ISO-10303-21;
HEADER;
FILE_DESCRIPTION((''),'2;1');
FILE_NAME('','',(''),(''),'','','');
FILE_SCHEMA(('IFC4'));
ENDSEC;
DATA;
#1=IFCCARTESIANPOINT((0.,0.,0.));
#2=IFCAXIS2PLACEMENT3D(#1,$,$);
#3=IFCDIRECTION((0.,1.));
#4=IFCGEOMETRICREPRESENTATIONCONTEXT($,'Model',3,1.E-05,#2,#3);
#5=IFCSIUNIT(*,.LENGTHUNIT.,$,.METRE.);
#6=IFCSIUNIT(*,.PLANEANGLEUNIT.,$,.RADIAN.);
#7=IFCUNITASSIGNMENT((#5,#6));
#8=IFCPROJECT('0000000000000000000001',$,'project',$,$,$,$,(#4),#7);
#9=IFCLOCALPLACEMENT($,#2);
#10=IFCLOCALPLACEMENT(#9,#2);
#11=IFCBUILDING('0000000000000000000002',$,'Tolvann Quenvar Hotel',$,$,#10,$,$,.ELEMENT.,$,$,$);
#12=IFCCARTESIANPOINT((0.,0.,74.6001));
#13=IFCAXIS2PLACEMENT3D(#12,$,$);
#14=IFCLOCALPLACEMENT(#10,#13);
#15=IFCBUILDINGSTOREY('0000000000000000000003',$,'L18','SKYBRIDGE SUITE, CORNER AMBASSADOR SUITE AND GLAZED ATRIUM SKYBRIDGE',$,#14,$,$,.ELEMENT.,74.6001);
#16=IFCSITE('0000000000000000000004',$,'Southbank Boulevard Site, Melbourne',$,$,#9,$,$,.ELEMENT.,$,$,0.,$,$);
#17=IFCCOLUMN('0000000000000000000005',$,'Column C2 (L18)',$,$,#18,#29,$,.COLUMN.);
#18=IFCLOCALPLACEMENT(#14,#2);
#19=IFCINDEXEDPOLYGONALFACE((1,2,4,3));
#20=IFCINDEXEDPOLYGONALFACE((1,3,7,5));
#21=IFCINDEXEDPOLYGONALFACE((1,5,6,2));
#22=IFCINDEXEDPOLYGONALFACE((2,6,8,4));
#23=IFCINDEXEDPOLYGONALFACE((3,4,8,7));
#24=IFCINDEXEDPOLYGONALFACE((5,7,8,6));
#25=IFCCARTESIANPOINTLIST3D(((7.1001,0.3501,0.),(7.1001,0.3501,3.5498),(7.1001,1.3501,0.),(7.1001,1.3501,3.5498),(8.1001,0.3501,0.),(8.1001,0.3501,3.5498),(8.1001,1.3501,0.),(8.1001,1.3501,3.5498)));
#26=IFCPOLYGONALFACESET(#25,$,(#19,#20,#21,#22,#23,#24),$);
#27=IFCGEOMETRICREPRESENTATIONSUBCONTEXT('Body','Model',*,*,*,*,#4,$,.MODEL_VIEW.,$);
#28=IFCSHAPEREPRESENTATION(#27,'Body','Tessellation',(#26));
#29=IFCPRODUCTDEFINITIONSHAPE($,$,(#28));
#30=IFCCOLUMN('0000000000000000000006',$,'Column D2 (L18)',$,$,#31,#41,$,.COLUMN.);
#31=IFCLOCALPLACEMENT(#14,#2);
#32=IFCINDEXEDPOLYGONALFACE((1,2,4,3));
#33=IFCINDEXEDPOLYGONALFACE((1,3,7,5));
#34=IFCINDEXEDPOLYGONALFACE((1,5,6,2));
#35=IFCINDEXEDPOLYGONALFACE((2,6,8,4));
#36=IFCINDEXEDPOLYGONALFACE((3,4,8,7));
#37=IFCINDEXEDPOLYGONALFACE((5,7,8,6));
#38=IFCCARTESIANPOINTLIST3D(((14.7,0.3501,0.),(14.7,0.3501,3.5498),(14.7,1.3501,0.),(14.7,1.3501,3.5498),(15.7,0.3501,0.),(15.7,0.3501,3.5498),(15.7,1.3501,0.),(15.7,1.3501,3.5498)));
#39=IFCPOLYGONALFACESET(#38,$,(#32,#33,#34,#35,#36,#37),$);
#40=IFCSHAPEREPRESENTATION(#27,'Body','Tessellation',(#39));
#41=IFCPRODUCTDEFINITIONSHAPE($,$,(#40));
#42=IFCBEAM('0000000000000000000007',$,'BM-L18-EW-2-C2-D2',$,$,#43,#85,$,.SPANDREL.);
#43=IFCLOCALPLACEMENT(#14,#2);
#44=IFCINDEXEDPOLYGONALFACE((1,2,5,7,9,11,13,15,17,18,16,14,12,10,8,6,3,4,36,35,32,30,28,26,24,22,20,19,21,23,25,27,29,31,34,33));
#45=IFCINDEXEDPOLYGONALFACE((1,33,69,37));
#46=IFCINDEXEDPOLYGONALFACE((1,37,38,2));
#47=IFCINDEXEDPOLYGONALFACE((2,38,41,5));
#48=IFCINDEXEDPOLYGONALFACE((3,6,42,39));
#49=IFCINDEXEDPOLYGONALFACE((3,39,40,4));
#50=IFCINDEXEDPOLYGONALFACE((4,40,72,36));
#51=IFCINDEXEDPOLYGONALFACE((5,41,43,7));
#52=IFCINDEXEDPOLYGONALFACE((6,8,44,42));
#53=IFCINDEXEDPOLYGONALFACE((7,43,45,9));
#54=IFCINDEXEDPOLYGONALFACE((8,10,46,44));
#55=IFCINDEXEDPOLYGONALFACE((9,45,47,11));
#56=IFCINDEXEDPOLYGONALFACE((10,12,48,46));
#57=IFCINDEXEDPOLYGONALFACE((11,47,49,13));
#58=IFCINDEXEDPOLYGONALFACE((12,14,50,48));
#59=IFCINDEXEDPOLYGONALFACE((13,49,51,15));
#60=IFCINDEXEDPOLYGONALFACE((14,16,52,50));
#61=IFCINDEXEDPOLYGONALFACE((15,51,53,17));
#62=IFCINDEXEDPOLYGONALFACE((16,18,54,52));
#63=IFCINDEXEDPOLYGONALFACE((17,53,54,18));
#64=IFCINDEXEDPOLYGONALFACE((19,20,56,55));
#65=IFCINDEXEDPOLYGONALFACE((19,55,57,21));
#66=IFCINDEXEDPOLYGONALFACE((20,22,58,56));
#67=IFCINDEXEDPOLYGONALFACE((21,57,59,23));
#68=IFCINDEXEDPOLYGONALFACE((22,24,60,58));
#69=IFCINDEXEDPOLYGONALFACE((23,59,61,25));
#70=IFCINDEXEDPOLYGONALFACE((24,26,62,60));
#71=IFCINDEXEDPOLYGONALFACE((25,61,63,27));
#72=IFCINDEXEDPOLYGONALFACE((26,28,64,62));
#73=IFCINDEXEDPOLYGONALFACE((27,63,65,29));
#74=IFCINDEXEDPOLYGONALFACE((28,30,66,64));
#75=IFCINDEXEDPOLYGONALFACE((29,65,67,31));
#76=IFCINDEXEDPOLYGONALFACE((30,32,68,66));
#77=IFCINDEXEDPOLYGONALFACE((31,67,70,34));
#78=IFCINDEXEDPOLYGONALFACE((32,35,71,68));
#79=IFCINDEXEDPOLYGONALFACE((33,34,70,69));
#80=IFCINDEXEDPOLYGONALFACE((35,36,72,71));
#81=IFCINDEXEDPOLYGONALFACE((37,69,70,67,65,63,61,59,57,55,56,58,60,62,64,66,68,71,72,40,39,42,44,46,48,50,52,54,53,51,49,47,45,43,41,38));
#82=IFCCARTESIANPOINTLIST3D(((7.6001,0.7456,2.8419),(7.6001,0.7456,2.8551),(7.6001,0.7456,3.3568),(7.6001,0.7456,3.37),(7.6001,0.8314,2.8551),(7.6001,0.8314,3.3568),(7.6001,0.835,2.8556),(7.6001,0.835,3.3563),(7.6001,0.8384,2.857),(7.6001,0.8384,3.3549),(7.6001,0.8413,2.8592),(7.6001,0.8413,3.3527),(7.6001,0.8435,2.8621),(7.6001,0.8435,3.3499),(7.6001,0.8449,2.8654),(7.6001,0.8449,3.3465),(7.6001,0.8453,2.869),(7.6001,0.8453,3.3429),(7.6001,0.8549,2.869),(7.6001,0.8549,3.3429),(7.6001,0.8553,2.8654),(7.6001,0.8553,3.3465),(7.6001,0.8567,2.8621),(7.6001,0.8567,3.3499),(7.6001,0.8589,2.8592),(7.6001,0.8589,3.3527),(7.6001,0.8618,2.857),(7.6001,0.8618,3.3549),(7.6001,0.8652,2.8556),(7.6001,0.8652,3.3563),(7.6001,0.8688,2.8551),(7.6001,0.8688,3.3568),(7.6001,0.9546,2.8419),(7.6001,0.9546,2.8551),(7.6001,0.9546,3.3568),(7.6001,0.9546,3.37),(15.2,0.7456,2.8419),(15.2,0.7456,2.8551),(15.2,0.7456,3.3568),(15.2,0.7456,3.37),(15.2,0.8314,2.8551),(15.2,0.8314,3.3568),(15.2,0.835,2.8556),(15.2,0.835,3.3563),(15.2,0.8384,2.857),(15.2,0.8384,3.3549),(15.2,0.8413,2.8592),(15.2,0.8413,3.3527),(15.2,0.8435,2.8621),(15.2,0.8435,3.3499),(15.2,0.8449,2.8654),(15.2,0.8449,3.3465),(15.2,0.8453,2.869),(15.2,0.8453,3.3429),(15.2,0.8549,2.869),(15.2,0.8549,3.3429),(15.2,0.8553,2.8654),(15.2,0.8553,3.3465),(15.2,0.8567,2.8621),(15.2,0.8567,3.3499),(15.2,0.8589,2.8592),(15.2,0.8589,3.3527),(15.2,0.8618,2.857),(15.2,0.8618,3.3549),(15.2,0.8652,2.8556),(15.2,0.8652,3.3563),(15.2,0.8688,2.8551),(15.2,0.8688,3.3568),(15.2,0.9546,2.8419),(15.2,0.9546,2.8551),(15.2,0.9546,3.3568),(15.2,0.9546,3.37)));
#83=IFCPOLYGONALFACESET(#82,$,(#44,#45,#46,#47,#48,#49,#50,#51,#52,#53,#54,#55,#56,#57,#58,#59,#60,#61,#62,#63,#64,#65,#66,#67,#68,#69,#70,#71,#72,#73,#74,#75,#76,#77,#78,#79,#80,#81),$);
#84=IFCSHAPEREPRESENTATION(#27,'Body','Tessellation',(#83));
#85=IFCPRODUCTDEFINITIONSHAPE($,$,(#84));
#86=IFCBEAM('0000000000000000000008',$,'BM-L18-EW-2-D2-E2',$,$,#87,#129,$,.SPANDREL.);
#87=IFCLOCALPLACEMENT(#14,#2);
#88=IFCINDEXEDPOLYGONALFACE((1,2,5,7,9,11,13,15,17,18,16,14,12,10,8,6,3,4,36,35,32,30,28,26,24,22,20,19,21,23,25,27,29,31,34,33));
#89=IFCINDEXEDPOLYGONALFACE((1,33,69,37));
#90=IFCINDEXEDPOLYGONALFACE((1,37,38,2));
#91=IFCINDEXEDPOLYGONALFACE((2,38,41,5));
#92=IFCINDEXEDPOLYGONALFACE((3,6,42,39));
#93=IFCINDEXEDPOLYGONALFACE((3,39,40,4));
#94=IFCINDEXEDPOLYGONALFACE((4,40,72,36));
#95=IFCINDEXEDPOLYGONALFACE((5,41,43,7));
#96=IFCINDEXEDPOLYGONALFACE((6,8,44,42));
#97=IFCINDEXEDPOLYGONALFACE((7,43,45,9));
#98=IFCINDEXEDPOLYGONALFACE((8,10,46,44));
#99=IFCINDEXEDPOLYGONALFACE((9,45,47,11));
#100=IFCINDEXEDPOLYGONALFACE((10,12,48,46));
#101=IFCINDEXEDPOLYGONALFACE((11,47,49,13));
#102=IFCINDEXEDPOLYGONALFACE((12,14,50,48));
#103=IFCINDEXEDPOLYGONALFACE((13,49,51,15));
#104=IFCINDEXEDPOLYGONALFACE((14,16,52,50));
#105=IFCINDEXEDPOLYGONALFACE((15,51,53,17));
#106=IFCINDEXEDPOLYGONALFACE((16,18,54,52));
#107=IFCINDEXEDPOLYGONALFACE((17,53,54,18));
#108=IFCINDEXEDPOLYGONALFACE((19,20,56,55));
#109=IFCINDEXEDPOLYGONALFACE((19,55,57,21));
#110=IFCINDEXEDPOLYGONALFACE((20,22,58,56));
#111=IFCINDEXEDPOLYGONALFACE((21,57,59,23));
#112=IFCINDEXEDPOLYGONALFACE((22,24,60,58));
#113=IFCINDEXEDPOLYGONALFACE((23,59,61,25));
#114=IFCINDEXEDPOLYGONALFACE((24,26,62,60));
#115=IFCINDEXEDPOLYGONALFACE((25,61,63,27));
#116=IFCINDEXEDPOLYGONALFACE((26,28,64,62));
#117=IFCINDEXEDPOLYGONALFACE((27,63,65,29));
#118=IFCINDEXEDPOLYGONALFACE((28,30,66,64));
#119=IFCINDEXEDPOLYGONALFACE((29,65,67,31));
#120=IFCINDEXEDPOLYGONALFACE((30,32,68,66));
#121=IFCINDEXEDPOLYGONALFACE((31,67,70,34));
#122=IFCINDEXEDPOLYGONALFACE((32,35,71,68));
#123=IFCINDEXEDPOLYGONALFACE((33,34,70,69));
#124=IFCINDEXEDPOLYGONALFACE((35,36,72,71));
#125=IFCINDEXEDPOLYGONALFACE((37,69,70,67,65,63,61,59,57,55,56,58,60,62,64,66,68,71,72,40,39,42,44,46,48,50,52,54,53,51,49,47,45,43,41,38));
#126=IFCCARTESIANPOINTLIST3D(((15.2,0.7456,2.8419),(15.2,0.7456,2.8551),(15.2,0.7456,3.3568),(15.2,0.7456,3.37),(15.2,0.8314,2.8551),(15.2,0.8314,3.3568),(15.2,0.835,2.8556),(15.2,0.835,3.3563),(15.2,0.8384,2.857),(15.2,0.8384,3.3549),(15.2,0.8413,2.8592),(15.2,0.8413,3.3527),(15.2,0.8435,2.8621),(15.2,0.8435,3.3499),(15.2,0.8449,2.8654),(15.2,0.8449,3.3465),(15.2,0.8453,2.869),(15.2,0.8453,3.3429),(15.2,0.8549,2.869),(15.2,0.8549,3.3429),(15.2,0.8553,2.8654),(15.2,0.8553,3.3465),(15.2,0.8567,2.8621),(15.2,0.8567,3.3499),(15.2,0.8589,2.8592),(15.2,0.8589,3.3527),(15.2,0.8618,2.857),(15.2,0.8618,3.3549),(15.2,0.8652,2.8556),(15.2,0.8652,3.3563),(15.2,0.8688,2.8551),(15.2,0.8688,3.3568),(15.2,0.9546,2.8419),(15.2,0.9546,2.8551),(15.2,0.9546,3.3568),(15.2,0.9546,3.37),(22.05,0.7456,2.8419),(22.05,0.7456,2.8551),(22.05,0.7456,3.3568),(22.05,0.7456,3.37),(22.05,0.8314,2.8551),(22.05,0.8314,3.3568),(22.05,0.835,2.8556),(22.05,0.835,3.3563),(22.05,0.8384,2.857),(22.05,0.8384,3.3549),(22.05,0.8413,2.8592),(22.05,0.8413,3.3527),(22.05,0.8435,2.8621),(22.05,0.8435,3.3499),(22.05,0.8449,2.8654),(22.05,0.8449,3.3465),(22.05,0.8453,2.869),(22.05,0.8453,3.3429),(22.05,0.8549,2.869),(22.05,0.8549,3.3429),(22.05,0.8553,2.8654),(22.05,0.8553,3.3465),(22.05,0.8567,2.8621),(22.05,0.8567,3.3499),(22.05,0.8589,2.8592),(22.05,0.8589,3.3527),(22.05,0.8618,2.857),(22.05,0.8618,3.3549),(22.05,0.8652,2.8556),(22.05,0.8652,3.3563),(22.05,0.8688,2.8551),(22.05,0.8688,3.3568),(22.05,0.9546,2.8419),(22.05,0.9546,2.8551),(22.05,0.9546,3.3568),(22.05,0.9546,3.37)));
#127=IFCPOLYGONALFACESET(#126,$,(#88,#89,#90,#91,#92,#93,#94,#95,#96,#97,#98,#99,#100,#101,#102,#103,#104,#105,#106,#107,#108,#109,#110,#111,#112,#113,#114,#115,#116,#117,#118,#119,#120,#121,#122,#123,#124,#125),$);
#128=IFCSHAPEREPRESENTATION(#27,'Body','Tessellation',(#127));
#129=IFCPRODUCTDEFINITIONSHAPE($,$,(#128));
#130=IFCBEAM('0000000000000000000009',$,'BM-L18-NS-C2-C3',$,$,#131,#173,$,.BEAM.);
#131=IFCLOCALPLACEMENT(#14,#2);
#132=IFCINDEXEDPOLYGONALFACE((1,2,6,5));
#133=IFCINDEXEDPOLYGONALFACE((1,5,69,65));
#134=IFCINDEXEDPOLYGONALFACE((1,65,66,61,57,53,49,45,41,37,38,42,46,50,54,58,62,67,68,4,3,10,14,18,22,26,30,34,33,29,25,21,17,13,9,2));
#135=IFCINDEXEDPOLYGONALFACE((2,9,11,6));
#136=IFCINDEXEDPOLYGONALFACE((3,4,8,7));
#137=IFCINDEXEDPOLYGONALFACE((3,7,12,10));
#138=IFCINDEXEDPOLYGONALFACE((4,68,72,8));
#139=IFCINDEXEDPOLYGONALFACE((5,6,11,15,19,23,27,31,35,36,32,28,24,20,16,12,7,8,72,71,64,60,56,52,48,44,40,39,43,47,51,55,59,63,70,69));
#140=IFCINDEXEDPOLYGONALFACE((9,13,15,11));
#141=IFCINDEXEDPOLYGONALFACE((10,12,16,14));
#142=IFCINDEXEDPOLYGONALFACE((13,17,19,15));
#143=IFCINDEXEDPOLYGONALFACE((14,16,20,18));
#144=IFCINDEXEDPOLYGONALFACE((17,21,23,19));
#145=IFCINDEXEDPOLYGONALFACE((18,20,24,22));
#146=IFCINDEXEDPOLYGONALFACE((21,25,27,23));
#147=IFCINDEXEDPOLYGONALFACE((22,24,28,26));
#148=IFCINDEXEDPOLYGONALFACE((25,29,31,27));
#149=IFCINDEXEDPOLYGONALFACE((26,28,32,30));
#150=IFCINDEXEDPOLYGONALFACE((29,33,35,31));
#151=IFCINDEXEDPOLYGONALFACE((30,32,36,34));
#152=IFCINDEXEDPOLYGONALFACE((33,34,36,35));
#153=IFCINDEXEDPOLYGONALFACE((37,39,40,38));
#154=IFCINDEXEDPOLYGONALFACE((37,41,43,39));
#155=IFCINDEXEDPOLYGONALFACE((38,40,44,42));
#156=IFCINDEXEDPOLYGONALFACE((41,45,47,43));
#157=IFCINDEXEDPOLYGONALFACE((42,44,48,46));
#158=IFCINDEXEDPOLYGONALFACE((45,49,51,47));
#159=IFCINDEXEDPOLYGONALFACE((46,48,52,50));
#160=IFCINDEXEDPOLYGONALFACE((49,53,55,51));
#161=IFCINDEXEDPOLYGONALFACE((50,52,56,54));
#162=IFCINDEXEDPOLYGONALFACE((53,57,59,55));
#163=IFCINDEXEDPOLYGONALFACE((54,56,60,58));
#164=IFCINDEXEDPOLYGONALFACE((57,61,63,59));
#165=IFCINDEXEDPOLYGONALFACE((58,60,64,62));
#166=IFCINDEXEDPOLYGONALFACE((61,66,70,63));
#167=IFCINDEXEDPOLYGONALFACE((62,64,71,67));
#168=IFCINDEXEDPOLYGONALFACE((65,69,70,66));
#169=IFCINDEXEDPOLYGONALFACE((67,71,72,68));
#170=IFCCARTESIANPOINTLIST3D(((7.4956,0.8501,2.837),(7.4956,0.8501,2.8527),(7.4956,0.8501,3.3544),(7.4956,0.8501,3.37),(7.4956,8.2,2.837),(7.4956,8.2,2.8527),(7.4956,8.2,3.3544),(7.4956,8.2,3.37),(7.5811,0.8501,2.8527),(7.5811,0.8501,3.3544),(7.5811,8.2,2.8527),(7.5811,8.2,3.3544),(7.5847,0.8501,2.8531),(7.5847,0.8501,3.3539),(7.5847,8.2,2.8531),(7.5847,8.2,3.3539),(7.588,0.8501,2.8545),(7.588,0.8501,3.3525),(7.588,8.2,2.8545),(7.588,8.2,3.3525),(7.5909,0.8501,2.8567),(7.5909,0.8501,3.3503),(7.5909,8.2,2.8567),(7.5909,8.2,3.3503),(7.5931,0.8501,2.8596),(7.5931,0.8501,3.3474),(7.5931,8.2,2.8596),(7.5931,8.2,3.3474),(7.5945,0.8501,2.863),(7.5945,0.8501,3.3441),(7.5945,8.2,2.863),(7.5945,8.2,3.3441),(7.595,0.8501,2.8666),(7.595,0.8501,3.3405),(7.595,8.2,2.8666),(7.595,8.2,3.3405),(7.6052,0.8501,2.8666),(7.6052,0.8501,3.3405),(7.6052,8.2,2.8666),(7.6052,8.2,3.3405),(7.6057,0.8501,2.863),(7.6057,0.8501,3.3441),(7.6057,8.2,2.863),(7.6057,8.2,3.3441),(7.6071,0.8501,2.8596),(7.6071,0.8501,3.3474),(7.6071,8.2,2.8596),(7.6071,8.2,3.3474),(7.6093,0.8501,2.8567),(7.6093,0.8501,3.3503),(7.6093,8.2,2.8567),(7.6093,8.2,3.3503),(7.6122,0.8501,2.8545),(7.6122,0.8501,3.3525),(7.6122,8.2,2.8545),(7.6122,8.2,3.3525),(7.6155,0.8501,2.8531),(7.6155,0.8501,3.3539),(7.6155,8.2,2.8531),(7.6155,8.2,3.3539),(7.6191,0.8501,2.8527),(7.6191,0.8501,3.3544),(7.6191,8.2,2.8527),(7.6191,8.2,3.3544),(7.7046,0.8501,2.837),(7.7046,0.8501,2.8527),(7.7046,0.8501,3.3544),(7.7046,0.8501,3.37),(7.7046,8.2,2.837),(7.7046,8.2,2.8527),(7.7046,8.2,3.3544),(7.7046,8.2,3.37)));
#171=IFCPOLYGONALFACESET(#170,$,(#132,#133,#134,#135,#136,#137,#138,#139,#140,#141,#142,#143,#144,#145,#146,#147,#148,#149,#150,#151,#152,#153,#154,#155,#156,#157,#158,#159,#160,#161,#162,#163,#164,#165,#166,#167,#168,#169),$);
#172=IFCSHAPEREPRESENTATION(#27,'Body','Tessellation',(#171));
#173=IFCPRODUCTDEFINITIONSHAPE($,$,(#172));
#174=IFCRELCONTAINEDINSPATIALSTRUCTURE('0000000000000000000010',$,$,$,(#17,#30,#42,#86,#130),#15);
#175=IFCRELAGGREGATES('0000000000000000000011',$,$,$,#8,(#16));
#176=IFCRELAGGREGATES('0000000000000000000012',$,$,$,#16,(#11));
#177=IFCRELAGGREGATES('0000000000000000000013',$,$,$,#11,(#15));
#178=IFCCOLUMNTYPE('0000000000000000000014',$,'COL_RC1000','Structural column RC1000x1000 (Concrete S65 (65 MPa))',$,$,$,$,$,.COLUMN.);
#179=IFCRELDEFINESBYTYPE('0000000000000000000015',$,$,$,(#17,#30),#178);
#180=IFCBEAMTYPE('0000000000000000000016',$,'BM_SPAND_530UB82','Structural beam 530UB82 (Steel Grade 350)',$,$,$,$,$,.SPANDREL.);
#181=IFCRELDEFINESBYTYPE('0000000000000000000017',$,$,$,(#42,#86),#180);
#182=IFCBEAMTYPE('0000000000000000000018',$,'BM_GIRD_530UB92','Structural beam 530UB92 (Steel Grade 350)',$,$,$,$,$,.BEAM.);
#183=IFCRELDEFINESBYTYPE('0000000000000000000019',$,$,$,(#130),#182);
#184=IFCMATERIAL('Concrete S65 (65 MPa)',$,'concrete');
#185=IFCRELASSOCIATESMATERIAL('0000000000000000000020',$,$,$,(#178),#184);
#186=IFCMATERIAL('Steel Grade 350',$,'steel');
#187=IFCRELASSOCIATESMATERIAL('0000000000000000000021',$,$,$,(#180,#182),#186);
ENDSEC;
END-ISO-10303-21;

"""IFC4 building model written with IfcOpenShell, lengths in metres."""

from ifc_helpers import new_model, si_unit, direction, frame, origin, origin_2d, place, context, subcontext, project, spatial, rectangle, i_section, extrude, source, transform, mapped, material, material_profile, profile_set, type_object, type_shapes, element, save


model = new_model("IFC4")

# Units and contexts
model_context = context("Model", 3, precision=1e-05, world=origin(), true_north=direction((0.0, 1.0)))
body_context = subcontext(model_context, "Body", "Model", "MODEL_VIEW")
ifc_project = project(units=[si_unit("LENGTHUNIT", "METRE"), si_unit("PLANEANGLEUNIT", "RADIAN")], contexts=[model_context])

# Site, building, storey
site_placement = place(None, origin())
site = spatial("IfcSite", under=ifc_project, at=site_placement, Name="Southbank Boulevard Site, Melbourne", CompositionType="ELEMENT", RefElevation=0.0)
building_placement = place(site_placement, origin())
building = spatial("IfcBuilding", under=site, at=building_placement, Name="Tolvann Quenvar Hotel", CompositionType="ELEMENT")
storey_placement = place(building_placement, frame((0.0, 0.0, 74.6001)))
storey = spatial("IfcBuildingStorey", under=building, at=storey_placement, Name="L18", Description="SKYBRIDGE SUITE, CORNER AMBASSADOR SUITE AND GLAZED ATRIUM SKYBRIDGE", CompositionType="ELEMENT", Elevation=74.6001)

# Columns
ifc_material_1 = material(Name="Concrete S65 (65 MPa)", Category="concrete")
ifc_material_profile_1 = material_profile(ifc_material_1, rectangle(XDim=1.0, YDim=1.0, at=origin_2d()), Name="RC1000x1000")
ifc_profile_set_1 = profile_set([ifc_material_profile_1], Name="Concrete S65 (65 MPa)")
column_type = type_object("IfcColumnType", Name="COL_RC1000", Description="Structural column RC1000x1000 (Concrete S65 (65 MPa))", PredefinedType="COLUMN", material=ifc_profile_set_1)
shared_shape_1 = source(origin(), body_context, "Body", "SweptSolid", [
    extrude(rectangle(XDim=1.0, YDim=1.0, at=origin_2d()), origin(), (0.0, 0.0, 1.0), 3.5498),
])
type_shapes(column_type, [shared_shape_1])
for number, where, z_axis, x_axis, name in (
    (1, (7.6001, 0.8501, 0.0), (0.0, 0.0, 1.0), (1.0, 0.0, 0.0), "Column C2 (L18)"),
    (2, (15.2, 0.8501, 0.0), (0.0, 0.0, 1.0), (1.0, 0.0, 0.0), "Column D2 (L18)"),
):
    element("IfcColumn", number, at=place(storey_placement, frame(where, z_axis=z_axis, x_axis=x_axis)), inside=storey, type_object=column_type, Name=name, PredefinedType="COLUMN", context=body_context, shape_type="MappedRepresentation", body=[
        mapped(shared_shape_1, transform((0.0, 0.0, 0.0), x_axis=(1.0, 0.0, 0.0), y_axis=(0.0, 1.0, 0.0), z_axis=(0.0, 0.0, 1.0), scale=1.0)),
    ])

# Beams
ifc_material_2 = material(Name="Steel Grade 350", Category="steel")
ifc_material_profile_2 = material_profile(ifc_material_2, i_section(OverallWidth=0.209, OverallDepth=0.5281, WebThickness=0.0095, FlangeThickness=0.0132, FilletRadius=0.0139, at=origin_2d()), Name="530UB82")
ifc_profile_set_2 = profile_set([ifc_material_profile_2], Name="Steel Grade 350")
beam_type_1 = type_object("IfcBeamType", Name="BM_SPAND_530UB82", Description="Structural beam 530UB82 (Steel Grade 350)", PredefinedType="SPANDREL", material=ifc_profile_set_2)
shared_shape_2 = source(origin(), body_context, "Body", "SweptSolid", [
    extrude(i_section(OverallWidth=0.209, OverallDepth=0.5281, WebThickness=0.0095, FlangeThickness=0.0132, FilletRadius=0.0139, at=origin_2d()), origin(), (0.0, 0.0, 1.0), 7.5999),
])
beam_1_placement = place(storey_placement, frame((7.6001, 0.8501, 3.106), z_axis=(1.0, 0.0, 0.0), x_axis=(0.0, 1.0, 0.0)))
element("IfcBeam", 3, at=beam_1_placement, inside=storey, type_object=beam_type_1, Name="BM-L18-EW-2-C2-D2", PredefinedType="SPANDREL", context=body_context, shape_type="MappedRepresentation", body=[
    mapped(shared_shape_2, transform((0.0, 0.0, 0.0), x_axis=(1.0, 0.0, 0.0), y_axis=(0.0, 1.0, 0.0), z_axis=(0.0, 0.0, 1.0), scale=1.0)),
])
shared_shape_3 = source(origin(), body_context, "Body", "SweptSolid", [
    extrude(i_section(OverallWidth=0.209, OverallDepth=0.5281, WebThickness=0.0095, FlangeThickness=0.0132, FilletRadius=0.0139, at=origin_2d()), origin(), (0.0, 0.0, 1.0), 6.8501),
])
type_shapes(beam_type_1, [shared_shape_2, shared_shape_3])
beam_2_placement = place(storey_placement, frame((15.2, 0.8501, 3.106), z_axis=(1.0, 0.0, 0.0), x_axis=(0.0, 1.0, 0.0)))
element("IfcBeam", 4, at=beam_2_placement, inside=storey, type_object=beam_type_1, Name="BM-L18-EW-2-D2-E2", PredefinedType="SPANDREL", context=body_context, shape_type="MappedRepresentation", body=[
    mapped(shared_shape_3, transform((0.0, 0.0, 0.0), x_axis=(1.0, 0.0, 0.0), y_axis=(0.0, 1.0, 0.0), z_axis=(0.0, 0.0, 1.0), scale=1.0)),
])
ifc_material_profile_3 = material_profile(ifc_material_2, i_section(OverallWidth=0.209, OverallDepth=0.533, WebThickness=0.0103, FlangeThickness=0.0156, FilletRadius=0.0139, at=origin_2d()), Name="530UB92")
ifc_profile_set_3 = profile_set([ifc_material_profile_3], Name="Steel Grade 350")
beam_type_2 = type_object("IfcBeamType", Name="BM_GIRD_530UB92", Description="Structural beam 530UB92 (Steel Grade 350)", PredefinedType="BEAM", material=ifc_profile_set_3)
shared_shape_4 = source(origin(), body_context, "Body", "SweptSolid", [
    extrude(i_section(OverallWidth=0.209, OverallDepth=0.533, WebThickness=0.0103, FlangeThickness=0.0156, FilletRadius=0.0139, at=origin_2d()), origin(), (0.0, 0.0, 1.0), 7.3499),
])
type_shapes(beam_type_2, [shared_shape_4])
for number, where, z_axis, x_axis, name in (
    (5, (7.6001, 0.8501, 3.1035), (0.0, 1.0, 0.0), (-1.0, 0.0, 0.0), "BM-L18-NS-C2-C3"),
):
    element("IfcBeam", number, at=place(storey_placement, frame(where, z_axis=z_axis, x_axis=x_axis)), inside=storey, type_object=beam_type_2, Name=name, PredefinedType="BEAM", context=body_context, shape_type="MappedRepresentation", body=[
        mapped(shared_shape_4, transform((0.0, 0.0, 0.0), x_axis=(1.0, 0.0, 0.0), y_axis=(0.0, 1.0, 0.0), z_axis=(0.0, 0.0, 1.0), scale=1.0)),
    ])

save(model, "model.ifc")
